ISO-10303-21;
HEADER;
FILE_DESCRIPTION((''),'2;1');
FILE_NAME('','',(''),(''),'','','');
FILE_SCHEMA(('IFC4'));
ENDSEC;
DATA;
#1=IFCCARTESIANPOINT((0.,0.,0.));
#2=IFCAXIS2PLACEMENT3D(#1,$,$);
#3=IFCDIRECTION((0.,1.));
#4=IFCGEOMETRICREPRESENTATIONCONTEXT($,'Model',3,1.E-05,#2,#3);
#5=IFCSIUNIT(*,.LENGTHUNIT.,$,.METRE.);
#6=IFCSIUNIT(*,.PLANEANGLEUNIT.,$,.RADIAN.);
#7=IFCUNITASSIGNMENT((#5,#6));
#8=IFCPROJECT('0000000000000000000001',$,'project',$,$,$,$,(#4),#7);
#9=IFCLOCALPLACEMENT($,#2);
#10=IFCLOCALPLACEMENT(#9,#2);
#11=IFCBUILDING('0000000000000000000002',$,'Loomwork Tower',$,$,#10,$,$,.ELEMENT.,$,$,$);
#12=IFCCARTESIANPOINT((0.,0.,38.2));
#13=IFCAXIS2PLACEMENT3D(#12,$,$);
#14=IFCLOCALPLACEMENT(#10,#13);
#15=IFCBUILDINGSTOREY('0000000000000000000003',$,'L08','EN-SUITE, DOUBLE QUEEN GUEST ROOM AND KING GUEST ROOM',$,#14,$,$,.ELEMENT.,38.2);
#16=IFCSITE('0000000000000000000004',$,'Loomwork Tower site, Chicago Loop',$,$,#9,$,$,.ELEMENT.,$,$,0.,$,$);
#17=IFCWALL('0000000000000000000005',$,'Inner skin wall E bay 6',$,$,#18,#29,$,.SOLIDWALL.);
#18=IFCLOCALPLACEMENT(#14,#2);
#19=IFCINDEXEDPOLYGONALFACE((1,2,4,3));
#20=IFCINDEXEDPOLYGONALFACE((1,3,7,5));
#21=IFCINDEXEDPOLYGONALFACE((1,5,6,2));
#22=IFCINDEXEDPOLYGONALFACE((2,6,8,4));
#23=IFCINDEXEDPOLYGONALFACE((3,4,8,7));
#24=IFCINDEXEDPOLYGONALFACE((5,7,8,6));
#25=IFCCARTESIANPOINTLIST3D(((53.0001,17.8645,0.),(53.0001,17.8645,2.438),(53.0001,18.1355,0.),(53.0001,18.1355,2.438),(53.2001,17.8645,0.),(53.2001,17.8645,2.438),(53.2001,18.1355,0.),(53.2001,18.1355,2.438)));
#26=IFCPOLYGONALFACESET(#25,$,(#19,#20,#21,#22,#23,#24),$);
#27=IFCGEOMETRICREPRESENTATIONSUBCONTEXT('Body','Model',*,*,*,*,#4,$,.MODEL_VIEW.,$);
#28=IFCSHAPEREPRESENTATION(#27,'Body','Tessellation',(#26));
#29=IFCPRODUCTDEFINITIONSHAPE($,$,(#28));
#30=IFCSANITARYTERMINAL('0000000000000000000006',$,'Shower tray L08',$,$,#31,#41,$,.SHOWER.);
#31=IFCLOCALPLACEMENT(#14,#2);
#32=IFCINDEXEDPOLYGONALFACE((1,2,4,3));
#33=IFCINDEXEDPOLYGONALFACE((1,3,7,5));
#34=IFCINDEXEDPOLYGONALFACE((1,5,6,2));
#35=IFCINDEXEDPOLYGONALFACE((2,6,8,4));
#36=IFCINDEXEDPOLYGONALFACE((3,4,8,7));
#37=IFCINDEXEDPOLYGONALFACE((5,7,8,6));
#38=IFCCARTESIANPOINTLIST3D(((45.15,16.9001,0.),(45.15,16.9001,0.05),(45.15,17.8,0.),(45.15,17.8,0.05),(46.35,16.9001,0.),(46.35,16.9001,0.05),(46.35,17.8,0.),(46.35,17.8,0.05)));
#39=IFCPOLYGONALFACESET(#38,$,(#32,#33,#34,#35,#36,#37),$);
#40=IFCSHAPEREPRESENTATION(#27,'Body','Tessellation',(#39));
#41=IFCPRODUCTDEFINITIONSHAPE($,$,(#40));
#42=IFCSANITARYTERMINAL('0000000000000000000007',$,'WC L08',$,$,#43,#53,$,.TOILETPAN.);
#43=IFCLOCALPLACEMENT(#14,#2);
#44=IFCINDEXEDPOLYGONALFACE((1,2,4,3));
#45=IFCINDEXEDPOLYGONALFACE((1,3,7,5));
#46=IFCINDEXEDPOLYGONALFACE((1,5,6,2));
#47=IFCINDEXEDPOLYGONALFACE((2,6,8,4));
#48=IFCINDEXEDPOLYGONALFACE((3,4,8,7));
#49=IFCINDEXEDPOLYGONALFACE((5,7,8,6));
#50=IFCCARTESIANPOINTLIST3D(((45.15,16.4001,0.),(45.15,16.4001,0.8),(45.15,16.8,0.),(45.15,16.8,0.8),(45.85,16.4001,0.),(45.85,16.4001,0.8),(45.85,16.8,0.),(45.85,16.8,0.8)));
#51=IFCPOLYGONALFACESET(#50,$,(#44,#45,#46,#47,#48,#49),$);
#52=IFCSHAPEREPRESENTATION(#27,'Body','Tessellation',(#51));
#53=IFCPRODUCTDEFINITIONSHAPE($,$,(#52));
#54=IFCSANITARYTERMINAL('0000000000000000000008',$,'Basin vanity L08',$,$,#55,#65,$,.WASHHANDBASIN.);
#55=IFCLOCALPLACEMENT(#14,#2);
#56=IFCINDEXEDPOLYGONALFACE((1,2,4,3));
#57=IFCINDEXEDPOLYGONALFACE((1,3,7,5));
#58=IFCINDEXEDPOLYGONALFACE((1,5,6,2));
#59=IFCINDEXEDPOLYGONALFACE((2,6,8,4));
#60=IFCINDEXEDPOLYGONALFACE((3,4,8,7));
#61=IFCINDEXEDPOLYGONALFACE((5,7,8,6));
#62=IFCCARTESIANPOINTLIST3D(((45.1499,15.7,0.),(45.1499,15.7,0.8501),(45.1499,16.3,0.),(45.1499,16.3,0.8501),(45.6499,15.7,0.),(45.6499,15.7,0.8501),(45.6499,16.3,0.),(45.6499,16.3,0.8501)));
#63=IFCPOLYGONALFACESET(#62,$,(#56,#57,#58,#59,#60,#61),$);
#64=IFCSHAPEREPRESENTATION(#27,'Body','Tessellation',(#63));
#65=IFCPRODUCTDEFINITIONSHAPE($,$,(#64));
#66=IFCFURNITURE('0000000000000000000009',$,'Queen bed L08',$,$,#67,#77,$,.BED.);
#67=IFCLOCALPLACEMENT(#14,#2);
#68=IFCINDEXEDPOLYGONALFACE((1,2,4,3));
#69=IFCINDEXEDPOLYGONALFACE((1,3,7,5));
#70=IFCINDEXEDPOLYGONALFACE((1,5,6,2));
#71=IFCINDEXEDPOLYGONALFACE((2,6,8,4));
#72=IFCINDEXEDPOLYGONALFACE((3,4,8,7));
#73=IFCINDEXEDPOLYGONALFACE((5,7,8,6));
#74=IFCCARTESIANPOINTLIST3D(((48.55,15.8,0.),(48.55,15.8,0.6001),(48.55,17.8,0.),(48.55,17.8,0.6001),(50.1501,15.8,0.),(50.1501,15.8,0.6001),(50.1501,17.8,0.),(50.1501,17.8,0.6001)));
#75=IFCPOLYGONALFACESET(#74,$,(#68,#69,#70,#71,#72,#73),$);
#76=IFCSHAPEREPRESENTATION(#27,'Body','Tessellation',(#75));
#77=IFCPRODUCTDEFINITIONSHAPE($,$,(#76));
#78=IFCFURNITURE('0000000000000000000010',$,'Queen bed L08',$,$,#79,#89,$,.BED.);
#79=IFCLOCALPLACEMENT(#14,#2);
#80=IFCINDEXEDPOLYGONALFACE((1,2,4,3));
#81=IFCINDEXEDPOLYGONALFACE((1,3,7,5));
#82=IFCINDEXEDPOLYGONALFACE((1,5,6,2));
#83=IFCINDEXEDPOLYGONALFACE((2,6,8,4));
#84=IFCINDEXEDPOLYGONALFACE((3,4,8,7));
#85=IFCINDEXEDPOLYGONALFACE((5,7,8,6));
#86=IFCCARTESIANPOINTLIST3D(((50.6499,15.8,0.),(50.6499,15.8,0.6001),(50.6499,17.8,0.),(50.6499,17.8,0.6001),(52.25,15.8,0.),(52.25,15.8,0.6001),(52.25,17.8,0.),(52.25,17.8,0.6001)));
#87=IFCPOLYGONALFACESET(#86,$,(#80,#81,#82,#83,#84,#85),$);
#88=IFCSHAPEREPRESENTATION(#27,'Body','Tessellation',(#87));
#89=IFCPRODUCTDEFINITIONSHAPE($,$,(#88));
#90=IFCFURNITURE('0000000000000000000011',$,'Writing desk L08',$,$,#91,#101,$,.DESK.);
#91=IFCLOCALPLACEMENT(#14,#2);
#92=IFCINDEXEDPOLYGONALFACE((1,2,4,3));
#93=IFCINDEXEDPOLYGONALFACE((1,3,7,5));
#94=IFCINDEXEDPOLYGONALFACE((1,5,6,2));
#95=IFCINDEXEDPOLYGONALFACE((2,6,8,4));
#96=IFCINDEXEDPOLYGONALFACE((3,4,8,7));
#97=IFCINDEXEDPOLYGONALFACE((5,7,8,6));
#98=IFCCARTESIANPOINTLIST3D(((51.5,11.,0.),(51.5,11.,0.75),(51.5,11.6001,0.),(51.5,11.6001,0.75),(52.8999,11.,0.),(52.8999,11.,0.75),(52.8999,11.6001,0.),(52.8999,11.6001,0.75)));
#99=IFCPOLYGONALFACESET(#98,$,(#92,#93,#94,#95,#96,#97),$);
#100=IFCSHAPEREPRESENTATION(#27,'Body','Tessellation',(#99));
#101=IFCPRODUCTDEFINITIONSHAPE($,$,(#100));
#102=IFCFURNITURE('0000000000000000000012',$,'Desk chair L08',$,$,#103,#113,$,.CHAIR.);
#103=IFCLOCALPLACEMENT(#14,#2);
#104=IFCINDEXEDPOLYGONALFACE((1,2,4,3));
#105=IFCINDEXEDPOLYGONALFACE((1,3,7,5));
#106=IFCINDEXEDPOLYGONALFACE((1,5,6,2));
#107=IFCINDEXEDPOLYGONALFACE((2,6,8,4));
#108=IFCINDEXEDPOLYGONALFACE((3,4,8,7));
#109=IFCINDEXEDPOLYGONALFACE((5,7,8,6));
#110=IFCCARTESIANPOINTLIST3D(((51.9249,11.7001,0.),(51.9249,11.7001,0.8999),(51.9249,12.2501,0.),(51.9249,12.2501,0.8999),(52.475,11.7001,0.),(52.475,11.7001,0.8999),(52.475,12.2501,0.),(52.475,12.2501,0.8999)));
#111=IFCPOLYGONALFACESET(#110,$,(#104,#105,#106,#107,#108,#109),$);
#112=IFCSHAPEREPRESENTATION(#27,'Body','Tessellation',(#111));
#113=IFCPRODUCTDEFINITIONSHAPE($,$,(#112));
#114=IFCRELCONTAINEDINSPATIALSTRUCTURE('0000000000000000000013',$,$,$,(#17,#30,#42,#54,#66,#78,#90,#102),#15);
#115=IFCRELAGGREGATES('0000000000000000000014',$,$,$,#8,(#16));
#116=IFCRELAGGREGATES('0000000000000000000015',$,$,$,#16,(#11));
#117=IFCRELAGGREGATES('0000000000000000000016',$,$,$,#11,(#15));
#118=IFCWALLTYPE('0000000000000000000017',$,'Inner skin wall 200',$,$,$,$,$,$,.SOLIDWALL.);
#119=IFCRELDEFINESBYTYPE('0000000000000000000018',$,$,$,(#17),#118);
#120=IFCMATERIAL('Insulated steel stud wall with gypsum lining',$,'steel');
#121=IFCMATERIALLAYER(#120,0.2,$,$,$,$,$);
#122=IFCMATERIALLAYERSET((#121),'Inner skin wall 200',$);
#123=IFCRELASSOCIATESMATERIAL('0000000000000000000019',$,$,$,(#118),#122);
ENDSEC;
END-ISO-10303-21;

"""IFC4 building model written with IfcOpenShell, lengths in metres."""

from ifc_helpers import new_model, si_unit, direction, frame, frame_2d, origin, origin_2d, place, context, subcontext, project, spatial, rectangle, extrude, material, layer, layer_set, type_object, element, save


model = new_model("IFC4")

# Units and contexts
model_context = context("Model", 3, precision=1e-05, world=origin(), true_north=direction((0.0, 1.0)))
body_context = subcontext(model_context, "Body", "Model", "MODEL_VIEW")
ifc_project = project(units=[si_unit("LENGTHUNIT", "METRE"), si_unit("PLANEANGLEUNIT", "RADIAN")], contexts=[model_context])

# Site, building, storey
site_placement = place(None, origin())
site = spatial("IfcSite", under=ifc_project, at=site_placement, Name="Loomwork Tower site, Chicago Loop", CompositionType="ELEMENT", RefElevation=0.0)
building_placement = place(site_placement, origin())
building = spatial("IfcBuilding", under=site, at=building_placement, Name="Loomwork Tower", CompositionType="ELEMENT")
storey_placement = place(building_placement, frame((0.0, 0.0, 38.2)))
storey = spatial("IfcBuildingStorey", under=building, at=storey_placement, Name="L08", Description="EN-SUITE, DOUBLE QUEEN GUEST ROOM AND KING GUEST ROOM", CompositionType="ELEMENT", Elevation=38.2)

# Wall
ifc_material_1 = material(Name="Insulated steel stud wall with gypsum lining", Category="steel")
ifc_layer_1 = layer(ifc_material_1, 0.2)
ifc_layer_set_1 = layer_set([ifc_layer_1], Name="Inner skin wall 200")
wall_type_1 = type_object("IfcWallType", Name="Inner skin wall 200", PredefinedType="SOLIDWALL", material=ifc_layer_set_1)
wall_1_placement = place(storey_placement, frame((53.1001, 17.8645, 0.0), z_axis=(0.0, 0.0, 1.0), x_axis=(0.0, 1.0, 0.0)))
element("IfcWall", 1, at=wall_1_placement, inside=storey, type_object=wall_type_1, Name="Inner skin wall E bay 6", PredefinedType="SOLIDWALL", context=body_context, shape_type="SweptSolid", body=[
    extrude(rectangle(XDim=0.271, YDim=0.2, at=frame_2d((0.1355, 0.0))), origin(), (0.0, 0.0, 1.0), 2.438),
])

# Sanitary terminals
sanitary_terminal_1_placement = place(storey_placement, frame((45.75, 17.3501, 0.0), z_axis=(0.0, 0.0, 1.0), x_axis=(1.0, 0.0, 0.0)))
element("IfcSanitaryTerminal", 2, at=sanitary_terminal_1_placement, inside=storey, Name="Shower tray L08", PredefinedType="SHOWER", context=body_context, shape_type="SweptSolid", body=[
    extrude(rectangle(XDim=1.2, YDim=0.8999, at=origin_2d()), origin(), (0.0, 0.0, 1.0), 0.05),
])
sanitary_terminal_2_placement = place(storey_placement, frame((45.5, 16.6001, 0.0), z_axis=(0.0, 0.0, 1.0), x_axis=(1.0, 0.0, 0.0)))
element("IfcSanitaryTerminal", 3, at=sanitary_terminal_2_placement, inside=storey, Name="WC L08", PredefinedType="TOILETPAN", context=body_context, shape_type="SweptSolid", body=[
    extrude(rectangle(XDim=0.7, YDim=0.3999, at=origin_2d()), origin(), (0.0, 0.0, 1.0), 0.8),
])
sanitary_terminal_3_placement = place(storey_placement, frame((45.3999, 16.0, 0.0), z_axis=(0.0, 0.0, 1.0), x_axis=(1.0, 0.0, 0.0)))
element("IfcSanitaryTerminal", 4, at=sanitary_terminal_3_placement, inside=storey, Name="Basin vanity L08", PredefinedType="WASHHANDBASIN", context=body_context, shape_type="SweptSolid", body=[
    extrude(rectangle(XDim=0.5, YDim=0.6001, at=origin_2d()), origin(), (0.0, 0.0, 1.0), 0.8501),
])

# Furniture
for number, where, z_axis, x_axis, name in (
    (5, (49.3501, 16.8, 0.0), (0.0, 0.0, 1.0), (1.0, 0.0, 0.0), "Queen bed L08"),
    (6, (51.45, 16.8, 0.0), (0.0, 0.0, 1.0), (1.0, 0.0, 0.0), "Queen bed L08"),
):
    element("IfcFurniture", number, at=place(storey_placement, frame(where, z_axis=z_axis, x_axis=x_axis)), inside=storey, Name=name, PredefinedType="BED", context=body_context, shape_type="SweptSolid", body=[
        extrude(rectangle(XDim=1.6001, YDim=2.0, at=origin_2d()), origin(), (0.0, 0.0, 1.0), 0.6001),
    ])
furniture_1_placement = place(storey_placement, frame((52.2, 11.3, 0.0), z_axis=(0.0, 0.0, 1.0), x_axis=(1.0, 0.0, 0.0)))
element("IfcFurniture", 7, at=furniture_1_placement, inside=storey, Name="Writing desk L08", PredefinedType="DESK", context=body_context, shape_type="SweptSolid", body=[
    extrude(rectangle(XDim=1.3999, YDim=0.6001, at=origin_2d()), origin(), (0.0, 0.0, 1.0), 0.75),
])
furniture_2_placement = place(storey_placement, frame((52.2, 11.9751, 0.0), z_axis=(0.0, 0.0, 1.0), x_axis=(1.0, 0.0, 0.0)))
element("IfcFurniture", 8, at=furniture_2_placement, inside=storey, Name="Desk chair L08", PredefinedType="CHAIR", context=body_context, shape_type="SweptSolid", body=[
    extrude(rectangle(XDim=0.55, YDim=0.55, at=origin_2d()), origin(), (0.0, 0.0, 1.0), 0.8999),
])

save(model, "model.ifc")
